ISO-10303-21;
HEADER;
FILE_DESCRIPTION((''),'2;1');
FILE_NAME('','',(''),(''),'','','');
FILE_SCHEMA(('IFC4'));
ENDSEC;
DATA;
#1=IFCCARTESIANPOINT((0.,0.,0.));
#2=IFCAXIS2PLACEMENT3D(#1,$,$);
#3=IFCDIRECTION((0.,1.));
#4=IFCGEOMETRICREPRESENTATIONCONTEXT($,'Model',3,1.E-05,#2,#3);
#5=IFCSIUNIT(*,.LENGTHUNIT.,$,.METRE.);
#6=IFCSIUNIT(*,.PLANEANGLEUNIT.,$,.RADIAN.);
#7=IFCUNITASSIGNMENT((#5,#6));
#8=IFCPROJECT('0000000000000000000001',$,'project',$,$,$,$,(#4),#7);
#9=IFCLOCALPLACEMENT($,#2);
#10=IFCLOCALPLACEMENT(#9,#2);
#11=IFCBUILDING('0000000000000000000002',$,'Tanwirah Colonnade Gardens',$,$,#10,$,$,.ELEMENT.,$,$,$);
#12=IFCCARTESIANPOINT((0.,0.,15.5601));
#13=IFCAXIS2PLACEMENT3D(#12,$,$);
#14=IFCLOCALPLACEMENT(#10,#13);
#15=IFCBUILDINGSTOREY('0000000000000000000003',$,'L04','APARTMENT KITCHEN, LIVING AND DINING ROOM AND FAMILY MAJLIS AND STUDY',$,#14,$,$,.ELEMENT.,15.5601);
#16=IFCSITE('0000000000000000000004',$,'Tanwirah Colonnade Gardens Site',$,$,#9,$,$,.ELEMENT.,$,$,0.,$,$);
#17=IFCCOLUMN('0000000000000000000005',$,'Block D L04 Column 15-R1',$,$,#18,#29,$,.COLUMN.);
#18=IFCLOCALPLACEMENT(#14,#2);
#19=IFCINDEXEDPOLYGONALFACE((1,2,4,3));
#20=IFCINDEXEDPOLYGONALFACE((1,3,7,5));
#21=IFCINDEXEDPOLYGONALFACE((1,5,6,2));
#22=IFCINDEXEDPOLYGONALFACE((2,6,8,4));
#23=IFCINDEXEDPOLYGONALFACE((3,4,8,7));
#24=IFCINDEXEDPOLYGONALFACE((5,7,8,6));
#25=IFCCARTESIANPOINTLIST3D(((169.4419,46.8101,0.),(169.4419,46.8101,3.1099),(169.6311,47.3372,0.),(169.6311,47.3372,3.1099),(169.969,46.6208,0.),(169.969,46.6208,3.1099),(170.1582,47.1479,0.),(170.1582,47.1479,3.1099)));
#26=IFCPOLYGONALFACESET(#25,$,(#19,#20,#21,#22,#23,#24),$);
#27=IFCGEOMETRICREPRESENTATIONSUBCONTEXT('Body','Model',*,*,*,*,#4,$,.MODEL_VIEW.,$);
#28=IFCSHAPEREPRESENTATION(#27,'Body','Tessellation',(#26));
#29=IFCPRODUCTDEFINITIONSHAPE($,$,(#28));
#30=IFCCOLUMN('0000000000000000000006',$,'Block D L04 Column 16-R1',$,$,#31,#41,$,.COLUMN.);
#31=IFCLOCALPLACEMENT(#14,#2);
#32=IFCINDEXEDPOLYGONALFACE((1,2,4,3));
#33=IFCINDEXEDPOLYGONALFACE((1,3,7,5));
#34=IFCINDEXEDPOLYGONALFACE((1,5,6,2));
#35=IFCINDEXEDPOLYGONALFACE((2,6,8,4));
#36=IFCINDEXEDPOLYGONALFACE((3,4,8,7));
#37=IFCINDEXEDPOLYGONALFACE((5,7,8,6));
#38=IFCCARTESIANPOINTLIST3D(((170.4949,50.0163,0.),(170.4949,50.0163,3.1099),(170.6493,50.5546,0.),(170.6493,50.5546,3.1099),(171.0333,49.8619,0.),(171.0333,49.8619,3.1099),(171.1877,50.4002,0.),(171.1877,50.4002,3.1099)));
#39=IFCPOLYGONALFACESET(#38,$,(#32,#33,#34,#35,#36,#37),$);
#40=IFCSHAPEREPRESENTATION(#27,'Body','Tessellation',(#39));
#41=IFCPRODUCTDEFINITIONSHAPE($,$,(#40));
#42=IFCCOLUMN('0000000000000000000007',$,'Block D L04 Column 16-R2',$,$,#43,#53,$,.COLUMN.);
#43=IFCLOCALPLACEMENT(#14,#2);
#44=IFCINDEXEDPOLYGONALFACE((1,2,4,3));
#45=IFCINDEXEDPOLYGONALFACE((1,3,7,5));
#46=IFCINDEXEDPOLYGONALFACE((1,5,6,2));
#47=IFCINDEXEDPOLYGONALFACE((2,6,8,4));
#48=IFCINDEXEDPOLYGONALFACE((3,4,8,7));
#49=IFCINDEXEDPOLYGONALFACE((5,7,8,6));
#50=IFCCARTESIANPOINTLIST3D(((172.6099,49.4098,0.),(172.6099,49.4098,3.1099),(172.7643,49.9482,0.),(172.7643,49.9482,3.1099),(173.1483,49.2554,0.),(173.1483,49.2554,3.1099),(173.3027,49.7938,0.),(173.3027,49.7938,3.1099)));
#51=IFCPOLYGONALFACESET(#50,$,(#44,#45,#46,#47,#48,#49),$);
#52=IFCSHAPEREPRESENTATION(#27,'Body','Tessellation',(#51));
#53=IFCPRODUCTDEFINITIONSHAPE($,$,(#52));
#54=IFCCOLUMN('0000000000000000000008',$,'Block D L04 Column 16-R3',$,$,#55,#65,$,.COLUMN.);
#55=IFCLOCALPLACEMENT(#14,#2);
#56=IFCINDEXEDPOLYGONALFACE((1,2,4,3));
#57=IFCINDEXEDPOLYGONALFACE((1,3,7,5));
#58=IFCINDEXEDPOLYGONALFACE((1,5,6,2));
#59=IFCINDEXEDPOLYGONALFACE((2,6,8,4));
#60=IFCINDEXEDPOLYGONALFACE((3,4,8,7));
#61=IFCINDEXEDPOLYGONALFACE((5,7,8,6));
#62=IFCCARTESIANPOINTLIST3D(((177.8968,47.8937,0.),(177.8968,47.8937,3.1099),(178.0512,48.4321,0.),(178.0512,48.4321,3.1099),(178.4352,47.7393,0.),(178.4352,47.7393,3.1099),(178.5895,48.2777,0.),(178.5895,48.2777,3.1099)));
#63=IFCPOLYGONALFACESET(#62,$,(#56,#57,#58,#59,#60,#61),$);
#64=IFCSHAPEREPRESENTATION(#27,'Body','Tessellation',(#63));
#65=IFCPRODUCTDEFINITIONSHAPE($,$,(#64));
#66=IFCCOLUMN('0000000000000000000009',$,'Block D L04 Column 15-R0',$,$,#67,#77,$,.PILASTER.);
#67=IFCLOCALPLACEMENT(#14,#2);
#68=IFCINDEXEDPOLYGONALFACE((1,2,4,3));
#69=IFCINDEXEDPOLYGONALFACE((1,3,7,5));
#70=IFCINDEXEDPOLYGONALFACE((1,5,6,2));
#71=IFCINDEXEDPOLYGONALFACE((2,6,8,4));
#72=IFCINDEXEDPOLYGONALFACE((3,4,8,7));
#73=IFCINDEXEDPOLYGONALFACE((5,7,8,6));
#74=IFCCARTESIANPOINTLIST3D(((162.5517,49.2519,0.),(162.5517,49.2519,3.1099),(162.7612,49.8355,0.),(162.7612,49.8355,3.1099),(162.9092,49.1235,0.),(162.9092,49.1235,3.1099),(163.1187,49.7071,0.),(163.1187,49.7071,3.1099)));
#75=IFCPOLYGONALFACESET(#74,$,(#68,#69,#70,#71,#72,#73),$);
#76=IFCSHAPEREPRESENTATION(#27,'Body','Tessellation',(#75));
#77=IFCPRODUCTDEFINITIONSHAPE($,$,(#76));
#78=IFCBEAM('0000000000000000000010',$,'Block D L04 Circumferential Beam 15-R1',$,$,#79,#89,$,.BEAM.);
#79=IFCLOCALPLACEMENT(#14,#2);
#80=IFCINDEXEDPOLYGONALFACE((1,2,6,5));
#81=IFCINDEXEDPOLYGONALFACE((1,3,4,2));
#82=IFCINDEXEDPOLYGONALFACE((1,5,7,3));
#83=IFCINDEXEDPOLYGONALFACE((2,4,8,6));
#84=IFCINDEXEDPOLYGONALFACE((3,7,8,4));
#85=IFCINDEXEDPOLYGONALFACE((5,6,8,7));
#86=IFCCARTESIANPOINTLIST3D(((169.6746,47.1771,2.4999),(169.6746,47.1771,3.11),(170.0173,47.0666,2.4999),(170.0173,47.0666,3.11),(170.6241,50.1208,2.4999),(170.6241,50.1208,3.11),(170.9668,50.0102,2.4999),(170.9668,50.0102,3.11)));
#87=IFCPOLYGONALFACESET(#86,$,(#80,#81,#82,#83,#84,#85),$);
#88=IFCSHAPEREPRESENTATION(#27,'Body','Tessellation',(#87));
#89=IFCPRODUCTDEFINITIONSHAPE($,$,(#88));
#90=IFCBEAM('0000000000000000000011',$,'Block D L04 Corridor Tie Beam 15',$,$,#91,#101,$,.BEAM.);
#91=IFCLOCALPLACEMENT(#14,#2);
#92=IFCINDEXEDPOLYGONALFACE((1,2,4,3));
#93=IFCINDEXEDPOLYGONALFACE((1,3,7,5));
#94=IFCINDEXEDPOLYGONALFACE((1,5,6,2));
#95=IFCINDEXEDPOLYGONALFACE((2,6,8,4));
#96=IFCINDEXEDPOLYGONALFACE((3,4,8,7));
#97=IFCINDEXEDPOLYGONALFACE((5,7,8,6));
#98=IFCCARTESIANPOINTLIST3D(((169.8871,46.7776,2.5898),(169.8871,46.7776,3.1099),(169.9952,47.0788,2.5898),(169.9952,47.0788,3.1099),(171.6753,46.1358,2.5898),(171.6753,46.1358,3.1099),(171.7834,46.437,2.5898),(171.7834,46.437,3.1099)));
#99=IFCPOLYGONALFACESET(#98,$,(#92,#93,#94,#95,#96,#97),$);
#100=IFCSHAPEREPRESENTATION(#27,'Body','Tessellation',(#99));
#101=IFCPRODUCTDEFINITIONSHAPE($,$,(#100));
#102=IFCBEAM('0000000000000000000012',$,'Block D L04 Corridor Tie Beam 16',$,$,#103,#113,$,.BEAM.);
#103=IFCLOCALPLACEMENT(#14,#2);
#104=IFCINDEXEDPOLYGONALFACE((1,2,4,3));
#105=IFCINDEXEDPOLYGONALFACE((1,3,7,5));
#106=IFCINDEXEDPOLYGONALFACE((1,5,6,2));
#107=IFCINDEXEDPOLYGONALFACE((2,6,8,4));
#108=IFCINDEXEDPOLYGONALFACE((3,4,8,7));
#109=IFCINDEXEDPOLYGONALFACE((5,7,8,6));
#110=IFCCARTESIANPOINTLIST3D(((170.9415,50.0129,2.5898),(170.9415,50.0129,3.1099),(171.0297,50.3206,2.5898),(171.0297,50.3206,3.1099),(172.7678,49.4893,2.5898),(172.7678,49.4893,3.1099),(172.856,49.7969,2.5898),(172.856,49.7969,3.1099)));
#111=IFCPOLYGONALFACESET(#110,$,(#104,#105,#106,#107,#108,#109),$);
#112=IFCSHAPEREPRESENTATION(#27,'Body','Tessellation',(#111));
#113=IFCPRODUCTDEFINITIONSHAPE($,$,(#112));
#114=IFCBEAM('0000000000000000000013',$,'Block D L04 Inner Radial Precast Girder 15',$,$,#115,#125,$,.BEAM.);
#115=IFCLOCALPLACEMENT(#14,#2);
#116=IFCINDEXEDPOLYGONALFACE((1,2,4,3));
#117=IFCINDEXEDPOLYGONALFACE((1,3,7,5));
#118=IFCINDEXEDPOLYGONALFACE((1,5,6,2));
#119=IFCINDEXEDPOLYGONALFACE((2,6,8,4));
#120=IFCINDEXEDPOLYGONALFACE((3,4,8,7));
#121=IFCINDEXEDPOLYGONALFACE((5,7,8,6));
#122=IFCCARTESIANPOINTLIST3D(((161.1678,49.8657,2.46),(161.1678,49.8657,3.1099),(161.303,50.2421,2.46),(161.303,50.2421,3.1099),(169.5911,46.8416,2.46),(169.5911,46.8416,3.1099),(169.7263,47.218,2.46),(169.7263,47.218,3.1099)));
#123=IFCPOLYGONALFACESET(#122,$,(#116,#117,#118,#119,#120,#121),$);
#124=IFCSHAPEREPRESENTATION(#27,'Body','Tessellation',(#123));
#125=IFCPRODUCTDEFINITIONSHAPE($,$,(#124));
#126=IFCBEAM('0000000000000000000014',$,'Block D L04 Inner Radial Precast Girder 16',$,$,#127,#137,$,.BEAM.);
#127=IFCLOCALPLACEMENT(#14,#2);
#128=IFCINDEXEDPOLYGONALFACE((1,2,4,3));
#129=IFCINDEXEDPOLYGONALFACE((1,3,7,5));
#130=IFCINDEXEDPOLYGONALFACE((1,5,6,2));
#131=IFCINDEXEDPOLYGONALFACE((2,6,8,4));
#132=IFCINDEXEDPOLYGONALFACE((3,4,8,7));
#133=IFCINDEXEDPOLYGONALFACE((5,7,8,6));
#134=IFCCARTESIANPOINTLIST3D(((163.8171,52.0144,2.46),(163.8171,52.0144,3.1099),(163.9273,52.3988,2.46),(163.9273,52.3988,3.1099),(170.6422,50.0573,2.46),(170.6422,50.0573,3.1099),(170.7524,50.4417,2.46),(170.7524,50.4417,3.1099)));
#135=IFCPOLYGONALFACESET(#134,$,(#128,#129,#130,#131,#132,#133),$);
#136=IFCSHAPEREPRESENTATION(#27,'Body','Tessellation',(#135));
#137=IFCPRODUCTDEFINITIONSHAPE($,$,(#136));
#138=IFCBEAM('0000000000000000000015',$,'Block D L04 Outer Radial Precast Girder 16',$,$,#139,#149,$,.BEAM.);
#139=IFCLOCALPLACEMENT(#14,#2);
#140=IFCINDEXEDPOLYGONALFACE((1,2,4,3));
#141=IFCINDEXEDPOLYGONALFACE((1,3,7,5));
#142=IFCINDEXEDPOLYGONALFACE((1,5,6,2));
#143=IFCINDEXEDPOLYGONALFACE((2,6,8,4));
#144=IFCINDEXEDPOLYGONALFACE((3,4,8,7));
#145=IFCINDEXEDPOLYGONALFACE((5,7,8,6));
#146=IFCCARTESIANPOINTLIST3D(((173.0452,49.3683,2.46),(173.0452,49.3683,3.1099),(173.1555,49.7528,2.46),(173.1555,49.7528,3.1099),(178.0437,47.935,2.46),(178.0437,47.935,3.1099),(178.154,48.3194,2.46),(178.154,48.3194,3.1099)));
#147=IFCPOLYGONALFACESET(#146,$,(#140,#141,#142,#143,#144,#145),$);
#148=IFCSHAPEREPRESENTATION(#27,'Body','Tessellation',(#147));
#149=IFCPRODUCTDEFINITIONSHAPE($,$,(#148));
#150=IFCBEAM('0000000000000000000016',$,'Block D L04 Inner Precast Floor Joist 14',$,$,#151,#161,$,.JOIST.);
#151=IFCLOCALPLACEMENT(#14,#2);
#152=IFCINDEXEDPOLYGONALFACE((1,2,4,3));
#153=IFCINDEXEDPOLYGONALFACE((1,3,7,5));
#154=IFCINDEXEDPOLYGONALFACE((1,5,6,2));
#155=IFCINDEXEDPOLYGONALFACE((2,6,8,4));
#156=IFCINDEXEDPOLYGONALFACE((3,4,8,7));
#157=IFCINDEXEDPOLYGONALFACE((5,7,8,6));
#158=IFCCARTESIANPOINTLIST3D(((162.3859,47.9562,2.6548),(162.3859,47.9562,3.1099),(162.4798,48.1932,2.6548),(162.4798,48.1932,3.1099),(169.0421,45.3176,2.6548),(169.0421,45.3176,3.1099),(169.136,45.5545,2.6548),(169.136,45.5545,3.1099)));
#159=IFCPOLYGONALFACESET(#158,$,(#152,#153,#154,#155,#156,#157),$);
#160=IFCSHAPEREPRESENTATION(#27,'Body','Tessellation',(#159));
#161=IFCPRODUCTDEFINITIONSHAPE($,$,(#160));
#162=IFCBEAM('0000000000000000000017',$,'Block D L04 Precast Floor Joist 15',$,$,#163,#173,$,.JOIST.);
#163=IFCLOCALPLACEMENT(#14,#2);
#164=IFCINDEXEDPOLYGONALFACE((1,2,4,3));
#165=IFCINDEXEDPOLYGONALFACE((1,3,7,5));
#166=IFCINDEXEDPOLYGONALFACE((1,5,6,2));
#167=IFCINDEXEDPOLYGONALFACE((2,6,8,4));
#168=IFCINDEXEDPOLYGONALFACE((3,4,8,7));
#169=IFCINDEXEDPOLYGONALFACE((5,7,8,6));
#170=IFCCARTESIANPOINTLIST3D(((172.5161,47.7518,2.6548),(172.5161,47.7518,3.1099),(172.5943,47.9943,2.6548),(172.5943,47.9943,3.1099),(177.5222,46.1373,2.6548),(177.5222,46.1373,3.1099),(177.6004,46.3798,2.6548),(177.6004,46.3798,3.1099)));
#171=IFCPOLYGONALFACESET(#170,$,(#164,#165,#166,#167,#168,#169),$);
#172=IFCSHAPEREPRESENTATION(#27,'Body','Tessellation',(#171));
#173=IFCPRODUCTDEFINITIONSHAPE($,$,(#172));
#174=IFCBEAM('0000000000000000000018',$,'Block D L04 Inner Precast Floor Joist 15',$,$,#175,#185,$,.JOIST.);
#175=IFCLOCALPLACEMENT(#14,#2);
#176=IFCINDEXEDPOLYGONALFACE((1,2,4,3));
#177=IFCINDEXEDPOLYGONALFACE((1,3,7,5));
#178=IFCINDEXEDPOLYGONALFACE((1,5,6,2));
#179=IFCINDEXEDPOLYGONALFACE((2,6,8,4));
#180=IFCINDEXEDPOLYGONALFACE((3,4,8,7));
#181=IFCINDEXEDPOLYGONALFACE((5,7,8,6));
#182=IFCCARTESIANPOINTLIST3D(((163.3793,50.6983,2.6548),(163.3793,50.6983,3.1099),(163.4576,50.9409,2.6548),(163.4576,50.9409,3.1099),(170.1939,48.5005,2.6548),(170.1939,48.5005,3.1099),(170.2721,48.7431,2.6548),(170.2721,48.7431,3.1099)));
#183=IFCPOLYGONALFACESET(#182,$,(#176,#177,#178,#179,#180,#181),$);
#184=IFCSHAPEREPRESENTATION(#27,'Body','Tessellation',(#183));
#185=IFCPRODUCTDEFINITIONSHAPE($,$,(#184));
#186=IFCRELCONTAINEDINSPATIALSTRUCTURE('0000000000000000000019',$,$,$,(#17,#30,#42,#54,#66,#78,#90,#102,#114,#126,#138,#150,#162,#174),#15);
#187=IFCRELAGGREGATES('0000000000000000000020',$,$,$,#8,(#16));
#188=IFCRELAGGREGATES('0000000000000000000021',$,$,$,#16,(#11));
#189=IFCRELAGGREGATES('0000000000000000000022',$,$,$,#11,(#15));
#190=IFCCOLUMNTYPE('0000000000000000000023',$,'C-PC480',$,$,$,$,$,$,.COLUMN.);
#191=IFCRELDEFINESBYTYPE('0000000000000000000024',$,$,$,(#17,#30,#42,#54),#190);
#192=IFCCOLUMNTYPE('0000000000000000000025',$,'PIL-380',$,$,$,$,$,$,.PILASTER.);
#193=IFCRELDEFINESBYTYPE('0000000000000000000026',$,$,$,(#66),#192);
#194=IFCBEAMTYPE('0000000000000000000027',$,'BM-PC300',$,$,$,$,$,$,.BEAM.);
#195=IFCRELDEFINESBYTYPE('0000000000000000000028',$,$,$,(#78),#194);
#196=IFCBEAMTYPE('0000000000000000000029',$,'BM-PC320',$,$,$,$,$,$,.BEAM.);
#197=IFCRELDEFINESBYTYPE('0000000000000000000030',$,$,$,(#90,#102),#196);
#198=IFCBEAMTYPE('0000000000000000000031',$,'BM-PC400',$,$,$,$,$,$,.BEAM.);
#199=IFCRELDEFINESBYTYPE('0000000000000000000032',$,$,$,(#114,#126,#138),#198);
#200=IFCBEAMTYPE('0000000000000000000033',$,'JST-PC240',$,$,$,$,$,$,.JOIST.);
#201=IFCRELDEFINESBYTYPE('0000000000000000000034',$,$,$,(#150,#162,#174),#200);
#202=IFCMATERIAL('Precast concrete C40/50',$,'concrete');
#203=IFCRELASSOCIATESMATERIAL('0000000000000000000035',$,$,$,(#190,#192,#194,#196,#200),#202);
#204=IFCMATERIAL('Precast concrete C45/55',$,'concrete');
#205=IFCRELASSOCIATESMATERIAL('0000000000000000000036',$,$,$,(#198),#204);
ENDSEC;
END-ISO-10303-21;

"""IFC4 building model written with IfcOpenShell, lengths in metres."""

from ifc_helpers import new_model, si_unit, direction, frame, origin, origin_2d, place, context, subcontext, project, spatial, rectangle, extrude, material, material_profile, profile_set, type_object, element, save


model = new_model("IFC4")

# Units and contexts
model_context = context("Model", 3, precision=1e-05, world=origin(), true_north=direction((0.0, 1.0)))
body_context = subcontext(model_context, "Body", "Model", "MODEL_VIEW")
ifc_project = project(units=[si_unit("LENGTHUNIT", "METRE"), si_unit("PLANEANGLEUNIT", "RADIAN")], contexts=[model_context])

# Site, building, storey
site_placement = place(None, origin())
site = spatial("IfcSite", under=ifc_project, at=site_placement, Name="Tanwirah Colonnade Gardens Site", CompositionType="ELEMENT", RefElevation=0.0)
building_placement = place(site_placement, origin())
building = spatial("IfcBuilding", under=site, at=building_placement, Name="Tanwirah Colonnade Gardens", CompositionType="ELEMENT")
storey_placement = place(building_placement, frame((0.0, 0.0, 15.5601)))
storey = spatial("IfcBuildingStorey", under=building, at=storey_placement, Name="L04", Description="APARTMENT KITCHEN, LIVING AND DINING ROOM AND FAMILY MAJLIS AND STUDY", CompositionType="ELEMENT", Elevation=15.5601)

# Columns
ifc_material_1 = material(Name="Precast concrete C40/50", Category="concrete")
ifc_material_profile_1 = material_profile(ifc_material_1, rectangle(XDim=0.5601, YDim=0.5601, at=origin_2d()), Name="PC-COL 560x560")
ifc_profile_set_1 = profile_set([ifc_material_profile_1], Name="Precast concrete C40/50")
column_type_1 = type_object("IfcColumnType", Name="C-PC480", PredefinedType="COLUMN", material=ifc_profile_set_1)
for number, where, z_axis, x_axis, name in (
    (1, (169.8, 46.979, 0.0), (0.0, 0.0, 1.0), (0.941176, -0.337917, 0.0), "Block D L04 Column 15-R1"),
    (2, (170.8413, 50.2083, 0.0), (0.0, 0.0, 1.0), (0.961262, -0.275637, 0.0), "Block D L04 Column 16-R1"),
    (3, (172.9563, 49.6018, 0.0), (0.0, 0.0, 1.0), (0.961262, -0.275637, 0.0), "Block D L04 Column 16-R2"),
    (4, (178.2432, 48.0857, 0.0), (0.0, 0.0, 1.0), (0.961262, -0.275637, 0.0), "Block D L04 Column 16-R3"),
):
    element("IfcColumn", number, at=place(storey_placement, frame(where, z_axis=z_axis, x_axis=x_axis)), inside=storey, type_object=column_type_1, Name=name, PredefinedType="COLUMN", context=body_context, shape_type="SweptSolid", body=[
        extrude(rectangle(XDim=0.5601, YDim=0.5601, at=origin_2d()), origin(), (0.0, 0.0, 1.0), 3.1099),
    ])
ifc_material_profile_2 = material_profile(ifc_material_1, rectangle(XDim=0.3799, YDim=0.6201, at=origin_2d()), Name="PC-PIL 380x620")
ifc_profile_set_2 = profile_set([ifc_material_profile_2], Name="Precast concrete C40/50")
column_type_2 = type_object("IfcColumnType", Name="PIL-380", PredefinedType="PILASTER", material=ifc_profile_set_2)
column_placement = place(storey_placement, frame((162.8352, 49.4795, 0.0), z_axis=(0.0, 0.0, 1.0), x_axis=(0.941176, -0.337917, 0.0)))
element("IfcColumn", 5, at=column_placement, inside=storey, type_object=column_type_2, Name="Block D L04 Column 15-R0", PredefinedType="PILASTER", context=body_context, shape_type="SweptSolid", body=[
    extrude(rectangle(XDim=0.3799, YDim=0.6201, at=origin_2d()), origin(), (0.0, 0.0, 1.0), 3.1099),
])

# Beams
ifc_material_profile_3 = material_profile(ifc_material_1, rectangle(XDim=0.3601, YDim=0.6101, at=origin_2d()), Name="PC-BM 360x610")
ifc_profile_set_3 = profile_set([ifc_material_profile_3], Name="Precast concrete C40/50")
beam_type_1 = type_object("IfcBeamType", Name="BM-PC300", PredefinedType="BEAM", material=ifc_profile_set_3)
beam_1_placement = place(storey_placement, frame((169.8459, 47.1218, 2.8049), z_axis=(0.306977, 0.951717, 0.0), x_axis=(-0.951717, 0.306977, 0.0)))
element("IfcBeam", 6, at=beam_1_placement, inside=storey, type_object=beam_type_1, Name="Block D L04 Circumferential Beam 15-R1", PredefinedType="BEAM", context=body_context, shape_type="SweptSolid", body=[
    extrude(rectangle(XDim=0.3601, YDim=0.6101, at=origin_2d()), origin(), (0.0, 0.0, 1.0), 3.093),
])
ifc_material_profile_4 = material_profile(ifc_material_1, rectangle(XDim=0.3201, YDim=0.52, at=origin_2d()), Name="PC-BM 320x520")
ifc_profile_set_4 = profile_set([ifc_material_profile_4], Name="Precast concrete C40/50")
beam_type_2 = type_object("IfcBeamType", Name="BM-PC320", PredefinedType="BEAM", material=ifc_profile_set_4)
for number, where, z_axis, x_axis, name in (
    (7, (169.9412, 46.9282, 2.8499), (0.941215, -0.337809, 0.0), (0.337809, 0.941215, 0.0), "Block D L04 Corridor Tie Beam 15"),
    (8, (170.9856, 50.1667, 2.8499), (0.961267, -0.27562, 0.0), (0.27562, 0.961267, 0.0), "Block D L04 Corridor Tie Beam 16"),
):
    element("IfcBeam", number, at=place(storey_placement, frame(where, z_axis=z_axis, x_axis=x_axis)), inside=storey, type_object=beam_type_2, Name=name, PredefinedType="BEAM", context=body_context, shape_type="SweptSolid", body=[
        extrude(rectangle(XDim=0.3201, YDim=0.52, at=origin_2d()), origin(), (0.0, 0.0, 1.0), 1.8999),
    ])
ifc_material_2 = material(Name="Precast concrete C45/55", Category="concrete")
ifc_material_profile_5 = material_profile(ifc_material_2, rectangle(XDim=0.3999, YDim=0.6499, at=origin_2d()), Name="PC-BM 400x650")
ifc_profile_set_5 = profile_set([ifc_material_profile_5], Name="Precast concrete C45/55")
beam_type_3 = type_object("IfcBeamType", Name="BM-PC400", PredefinedType="BEAM", material=ifc_profile_set_5)
beam_2_placement = place(storey_placement, frame((169.6587, 47.0298, 2.7849), z_axis=(-0.94118, 0.337905, 0.0), x_axis=(-0.337905, -0.94118, 0.0)))
element("IfcBeam", 9, at=beam_2_placement, inside=storey, type_object=beam_type_3, Name="Block D L04 Inner Radial Precast Girder 15", PredefinedType="BEAM", context=body_context, shape_type="SweptSolid", body=[
    extrude(rectangle(XDim=0.3999, YDim=0.6499, at=origin_2d()), origin(), (0.0, 0.0, 1.0), 8.9497),
])
beam_3_placement = place(storey_placement, frame((170.6973, 50.2495, 2.7849), z_axis=(-0.961261, 0.275638, 0.0), x_axis=(-0.275638, -0.961261, 0.0)))
element("IfcBeam", 10, at=beam_3_placement, inside=storey, type_object=beam_type_3, Name="Block D L04 Inner Radial Precast Girder 16", PredefinedType="BEAM", context=body_context, shape_type="SweptSolid", body=[
    extrude(rectangle(XDim=0.3999, YDim=0.6499, at=origin_2d()), origin(), (0.0, 0.0, 1.0), 7.1001),
])
beam_4_placement = place(storey_placement, frame((173.1003, 49.5605, 2.7849), z_axis=(0.96126, -0.275645, 0.0), x_axis=(0.275645, 0.96126, 0.0)))
element("IfcBeam", 11, at=beam_4_placement, inside=storey, type_object=beam_type_3, Name="Block D L04 Outer Radial Precast Girder 16", PredefinedType="BEAM", context=body_context, shape_type="SweptSolid", body=[
    extrude(rectangle(XDim=0.3999, YDim=0.6499, at=origin_2d()), origin(), (0.0, 0.0, 1.0), 5.2),
])
ifc_material_profile_6 = material_profile(ifc_material_1, rectangle(XDim=0.2549, YDim=0.4551, at=origin_2d()), Name="PC-JST 255x455")
ifc_profile_set_6 = profile_set([ifc_material_profile_6], Name="Precast concrete C40/50")
beam_type_4 = type_object("IfcBeamType", Name="JST-PC240", PredefinedType="JOIST", material=ifc_profile_set_6)
beam_5_placement = place(storey_placement, frame((162.4329, 48.0747, 2.8823), z_axis=(0.92962, -0.36852, 0.0), x_axis=(0.36852, 0.92962, 0.0)))
element("IfcBeam", 12, at=beam_5_placement, inside=storey, type_object=beam_type_4, Name="Block D L04 Inner Precast Floor Joist 14", PredefinedType="JOIST", context=body_context, shape_type="SweptSolid", body=[
    extrude(rectangle(XDim=0.2549, YDim=0.4551, at=origin_2d()), origin(), (0.0, 0.0, 1.0), 7.1602),
])
beam_6_placement = place(storey_placement, frame((172.5552, 47.873, 2.8823), z_axis=(0.951729, -0.306939, 0.0), x_axis=(0.306939, 0.951729, 0.0)))
element("IfcBeam", 13, at=beam_6_placement, inside=storey, type_object=beam_type_4, Name="Block D L04 Precast Floor Joist 15", PredefinedType="JOIST", context=body_context, shape_type="SweptSolid", body=[
    extrude(rectangle(XDim=0.2549, YDim=0.4551, at=origin_2d()), origin(), (0.0, 0.0, 1.0), 5.26),
])
beam_7_placement = place(storey_placement, frame((163.4185, 50.8196, 2.8823), z_axis=(0.951727, -0.306945, 0.0), x_axis=(0.306945, 0.951727, 0.0)))
element("IfcBeam", 14, at=beam_7_placement, inside=storey, type_object=beam_type_4, Name="Block D L04 Inner Precast Floor Joist 15", PredefinedType="JOIST", context=body_context, shape_type="SweptSolid", body=[
    extrude(rectangle(XDim=0.2549, YDim=0.4551, at=origin_2d()), origin(), (0.0, 0.0, 1.0), 7.1602),
])

save(model, "model.ifc")
